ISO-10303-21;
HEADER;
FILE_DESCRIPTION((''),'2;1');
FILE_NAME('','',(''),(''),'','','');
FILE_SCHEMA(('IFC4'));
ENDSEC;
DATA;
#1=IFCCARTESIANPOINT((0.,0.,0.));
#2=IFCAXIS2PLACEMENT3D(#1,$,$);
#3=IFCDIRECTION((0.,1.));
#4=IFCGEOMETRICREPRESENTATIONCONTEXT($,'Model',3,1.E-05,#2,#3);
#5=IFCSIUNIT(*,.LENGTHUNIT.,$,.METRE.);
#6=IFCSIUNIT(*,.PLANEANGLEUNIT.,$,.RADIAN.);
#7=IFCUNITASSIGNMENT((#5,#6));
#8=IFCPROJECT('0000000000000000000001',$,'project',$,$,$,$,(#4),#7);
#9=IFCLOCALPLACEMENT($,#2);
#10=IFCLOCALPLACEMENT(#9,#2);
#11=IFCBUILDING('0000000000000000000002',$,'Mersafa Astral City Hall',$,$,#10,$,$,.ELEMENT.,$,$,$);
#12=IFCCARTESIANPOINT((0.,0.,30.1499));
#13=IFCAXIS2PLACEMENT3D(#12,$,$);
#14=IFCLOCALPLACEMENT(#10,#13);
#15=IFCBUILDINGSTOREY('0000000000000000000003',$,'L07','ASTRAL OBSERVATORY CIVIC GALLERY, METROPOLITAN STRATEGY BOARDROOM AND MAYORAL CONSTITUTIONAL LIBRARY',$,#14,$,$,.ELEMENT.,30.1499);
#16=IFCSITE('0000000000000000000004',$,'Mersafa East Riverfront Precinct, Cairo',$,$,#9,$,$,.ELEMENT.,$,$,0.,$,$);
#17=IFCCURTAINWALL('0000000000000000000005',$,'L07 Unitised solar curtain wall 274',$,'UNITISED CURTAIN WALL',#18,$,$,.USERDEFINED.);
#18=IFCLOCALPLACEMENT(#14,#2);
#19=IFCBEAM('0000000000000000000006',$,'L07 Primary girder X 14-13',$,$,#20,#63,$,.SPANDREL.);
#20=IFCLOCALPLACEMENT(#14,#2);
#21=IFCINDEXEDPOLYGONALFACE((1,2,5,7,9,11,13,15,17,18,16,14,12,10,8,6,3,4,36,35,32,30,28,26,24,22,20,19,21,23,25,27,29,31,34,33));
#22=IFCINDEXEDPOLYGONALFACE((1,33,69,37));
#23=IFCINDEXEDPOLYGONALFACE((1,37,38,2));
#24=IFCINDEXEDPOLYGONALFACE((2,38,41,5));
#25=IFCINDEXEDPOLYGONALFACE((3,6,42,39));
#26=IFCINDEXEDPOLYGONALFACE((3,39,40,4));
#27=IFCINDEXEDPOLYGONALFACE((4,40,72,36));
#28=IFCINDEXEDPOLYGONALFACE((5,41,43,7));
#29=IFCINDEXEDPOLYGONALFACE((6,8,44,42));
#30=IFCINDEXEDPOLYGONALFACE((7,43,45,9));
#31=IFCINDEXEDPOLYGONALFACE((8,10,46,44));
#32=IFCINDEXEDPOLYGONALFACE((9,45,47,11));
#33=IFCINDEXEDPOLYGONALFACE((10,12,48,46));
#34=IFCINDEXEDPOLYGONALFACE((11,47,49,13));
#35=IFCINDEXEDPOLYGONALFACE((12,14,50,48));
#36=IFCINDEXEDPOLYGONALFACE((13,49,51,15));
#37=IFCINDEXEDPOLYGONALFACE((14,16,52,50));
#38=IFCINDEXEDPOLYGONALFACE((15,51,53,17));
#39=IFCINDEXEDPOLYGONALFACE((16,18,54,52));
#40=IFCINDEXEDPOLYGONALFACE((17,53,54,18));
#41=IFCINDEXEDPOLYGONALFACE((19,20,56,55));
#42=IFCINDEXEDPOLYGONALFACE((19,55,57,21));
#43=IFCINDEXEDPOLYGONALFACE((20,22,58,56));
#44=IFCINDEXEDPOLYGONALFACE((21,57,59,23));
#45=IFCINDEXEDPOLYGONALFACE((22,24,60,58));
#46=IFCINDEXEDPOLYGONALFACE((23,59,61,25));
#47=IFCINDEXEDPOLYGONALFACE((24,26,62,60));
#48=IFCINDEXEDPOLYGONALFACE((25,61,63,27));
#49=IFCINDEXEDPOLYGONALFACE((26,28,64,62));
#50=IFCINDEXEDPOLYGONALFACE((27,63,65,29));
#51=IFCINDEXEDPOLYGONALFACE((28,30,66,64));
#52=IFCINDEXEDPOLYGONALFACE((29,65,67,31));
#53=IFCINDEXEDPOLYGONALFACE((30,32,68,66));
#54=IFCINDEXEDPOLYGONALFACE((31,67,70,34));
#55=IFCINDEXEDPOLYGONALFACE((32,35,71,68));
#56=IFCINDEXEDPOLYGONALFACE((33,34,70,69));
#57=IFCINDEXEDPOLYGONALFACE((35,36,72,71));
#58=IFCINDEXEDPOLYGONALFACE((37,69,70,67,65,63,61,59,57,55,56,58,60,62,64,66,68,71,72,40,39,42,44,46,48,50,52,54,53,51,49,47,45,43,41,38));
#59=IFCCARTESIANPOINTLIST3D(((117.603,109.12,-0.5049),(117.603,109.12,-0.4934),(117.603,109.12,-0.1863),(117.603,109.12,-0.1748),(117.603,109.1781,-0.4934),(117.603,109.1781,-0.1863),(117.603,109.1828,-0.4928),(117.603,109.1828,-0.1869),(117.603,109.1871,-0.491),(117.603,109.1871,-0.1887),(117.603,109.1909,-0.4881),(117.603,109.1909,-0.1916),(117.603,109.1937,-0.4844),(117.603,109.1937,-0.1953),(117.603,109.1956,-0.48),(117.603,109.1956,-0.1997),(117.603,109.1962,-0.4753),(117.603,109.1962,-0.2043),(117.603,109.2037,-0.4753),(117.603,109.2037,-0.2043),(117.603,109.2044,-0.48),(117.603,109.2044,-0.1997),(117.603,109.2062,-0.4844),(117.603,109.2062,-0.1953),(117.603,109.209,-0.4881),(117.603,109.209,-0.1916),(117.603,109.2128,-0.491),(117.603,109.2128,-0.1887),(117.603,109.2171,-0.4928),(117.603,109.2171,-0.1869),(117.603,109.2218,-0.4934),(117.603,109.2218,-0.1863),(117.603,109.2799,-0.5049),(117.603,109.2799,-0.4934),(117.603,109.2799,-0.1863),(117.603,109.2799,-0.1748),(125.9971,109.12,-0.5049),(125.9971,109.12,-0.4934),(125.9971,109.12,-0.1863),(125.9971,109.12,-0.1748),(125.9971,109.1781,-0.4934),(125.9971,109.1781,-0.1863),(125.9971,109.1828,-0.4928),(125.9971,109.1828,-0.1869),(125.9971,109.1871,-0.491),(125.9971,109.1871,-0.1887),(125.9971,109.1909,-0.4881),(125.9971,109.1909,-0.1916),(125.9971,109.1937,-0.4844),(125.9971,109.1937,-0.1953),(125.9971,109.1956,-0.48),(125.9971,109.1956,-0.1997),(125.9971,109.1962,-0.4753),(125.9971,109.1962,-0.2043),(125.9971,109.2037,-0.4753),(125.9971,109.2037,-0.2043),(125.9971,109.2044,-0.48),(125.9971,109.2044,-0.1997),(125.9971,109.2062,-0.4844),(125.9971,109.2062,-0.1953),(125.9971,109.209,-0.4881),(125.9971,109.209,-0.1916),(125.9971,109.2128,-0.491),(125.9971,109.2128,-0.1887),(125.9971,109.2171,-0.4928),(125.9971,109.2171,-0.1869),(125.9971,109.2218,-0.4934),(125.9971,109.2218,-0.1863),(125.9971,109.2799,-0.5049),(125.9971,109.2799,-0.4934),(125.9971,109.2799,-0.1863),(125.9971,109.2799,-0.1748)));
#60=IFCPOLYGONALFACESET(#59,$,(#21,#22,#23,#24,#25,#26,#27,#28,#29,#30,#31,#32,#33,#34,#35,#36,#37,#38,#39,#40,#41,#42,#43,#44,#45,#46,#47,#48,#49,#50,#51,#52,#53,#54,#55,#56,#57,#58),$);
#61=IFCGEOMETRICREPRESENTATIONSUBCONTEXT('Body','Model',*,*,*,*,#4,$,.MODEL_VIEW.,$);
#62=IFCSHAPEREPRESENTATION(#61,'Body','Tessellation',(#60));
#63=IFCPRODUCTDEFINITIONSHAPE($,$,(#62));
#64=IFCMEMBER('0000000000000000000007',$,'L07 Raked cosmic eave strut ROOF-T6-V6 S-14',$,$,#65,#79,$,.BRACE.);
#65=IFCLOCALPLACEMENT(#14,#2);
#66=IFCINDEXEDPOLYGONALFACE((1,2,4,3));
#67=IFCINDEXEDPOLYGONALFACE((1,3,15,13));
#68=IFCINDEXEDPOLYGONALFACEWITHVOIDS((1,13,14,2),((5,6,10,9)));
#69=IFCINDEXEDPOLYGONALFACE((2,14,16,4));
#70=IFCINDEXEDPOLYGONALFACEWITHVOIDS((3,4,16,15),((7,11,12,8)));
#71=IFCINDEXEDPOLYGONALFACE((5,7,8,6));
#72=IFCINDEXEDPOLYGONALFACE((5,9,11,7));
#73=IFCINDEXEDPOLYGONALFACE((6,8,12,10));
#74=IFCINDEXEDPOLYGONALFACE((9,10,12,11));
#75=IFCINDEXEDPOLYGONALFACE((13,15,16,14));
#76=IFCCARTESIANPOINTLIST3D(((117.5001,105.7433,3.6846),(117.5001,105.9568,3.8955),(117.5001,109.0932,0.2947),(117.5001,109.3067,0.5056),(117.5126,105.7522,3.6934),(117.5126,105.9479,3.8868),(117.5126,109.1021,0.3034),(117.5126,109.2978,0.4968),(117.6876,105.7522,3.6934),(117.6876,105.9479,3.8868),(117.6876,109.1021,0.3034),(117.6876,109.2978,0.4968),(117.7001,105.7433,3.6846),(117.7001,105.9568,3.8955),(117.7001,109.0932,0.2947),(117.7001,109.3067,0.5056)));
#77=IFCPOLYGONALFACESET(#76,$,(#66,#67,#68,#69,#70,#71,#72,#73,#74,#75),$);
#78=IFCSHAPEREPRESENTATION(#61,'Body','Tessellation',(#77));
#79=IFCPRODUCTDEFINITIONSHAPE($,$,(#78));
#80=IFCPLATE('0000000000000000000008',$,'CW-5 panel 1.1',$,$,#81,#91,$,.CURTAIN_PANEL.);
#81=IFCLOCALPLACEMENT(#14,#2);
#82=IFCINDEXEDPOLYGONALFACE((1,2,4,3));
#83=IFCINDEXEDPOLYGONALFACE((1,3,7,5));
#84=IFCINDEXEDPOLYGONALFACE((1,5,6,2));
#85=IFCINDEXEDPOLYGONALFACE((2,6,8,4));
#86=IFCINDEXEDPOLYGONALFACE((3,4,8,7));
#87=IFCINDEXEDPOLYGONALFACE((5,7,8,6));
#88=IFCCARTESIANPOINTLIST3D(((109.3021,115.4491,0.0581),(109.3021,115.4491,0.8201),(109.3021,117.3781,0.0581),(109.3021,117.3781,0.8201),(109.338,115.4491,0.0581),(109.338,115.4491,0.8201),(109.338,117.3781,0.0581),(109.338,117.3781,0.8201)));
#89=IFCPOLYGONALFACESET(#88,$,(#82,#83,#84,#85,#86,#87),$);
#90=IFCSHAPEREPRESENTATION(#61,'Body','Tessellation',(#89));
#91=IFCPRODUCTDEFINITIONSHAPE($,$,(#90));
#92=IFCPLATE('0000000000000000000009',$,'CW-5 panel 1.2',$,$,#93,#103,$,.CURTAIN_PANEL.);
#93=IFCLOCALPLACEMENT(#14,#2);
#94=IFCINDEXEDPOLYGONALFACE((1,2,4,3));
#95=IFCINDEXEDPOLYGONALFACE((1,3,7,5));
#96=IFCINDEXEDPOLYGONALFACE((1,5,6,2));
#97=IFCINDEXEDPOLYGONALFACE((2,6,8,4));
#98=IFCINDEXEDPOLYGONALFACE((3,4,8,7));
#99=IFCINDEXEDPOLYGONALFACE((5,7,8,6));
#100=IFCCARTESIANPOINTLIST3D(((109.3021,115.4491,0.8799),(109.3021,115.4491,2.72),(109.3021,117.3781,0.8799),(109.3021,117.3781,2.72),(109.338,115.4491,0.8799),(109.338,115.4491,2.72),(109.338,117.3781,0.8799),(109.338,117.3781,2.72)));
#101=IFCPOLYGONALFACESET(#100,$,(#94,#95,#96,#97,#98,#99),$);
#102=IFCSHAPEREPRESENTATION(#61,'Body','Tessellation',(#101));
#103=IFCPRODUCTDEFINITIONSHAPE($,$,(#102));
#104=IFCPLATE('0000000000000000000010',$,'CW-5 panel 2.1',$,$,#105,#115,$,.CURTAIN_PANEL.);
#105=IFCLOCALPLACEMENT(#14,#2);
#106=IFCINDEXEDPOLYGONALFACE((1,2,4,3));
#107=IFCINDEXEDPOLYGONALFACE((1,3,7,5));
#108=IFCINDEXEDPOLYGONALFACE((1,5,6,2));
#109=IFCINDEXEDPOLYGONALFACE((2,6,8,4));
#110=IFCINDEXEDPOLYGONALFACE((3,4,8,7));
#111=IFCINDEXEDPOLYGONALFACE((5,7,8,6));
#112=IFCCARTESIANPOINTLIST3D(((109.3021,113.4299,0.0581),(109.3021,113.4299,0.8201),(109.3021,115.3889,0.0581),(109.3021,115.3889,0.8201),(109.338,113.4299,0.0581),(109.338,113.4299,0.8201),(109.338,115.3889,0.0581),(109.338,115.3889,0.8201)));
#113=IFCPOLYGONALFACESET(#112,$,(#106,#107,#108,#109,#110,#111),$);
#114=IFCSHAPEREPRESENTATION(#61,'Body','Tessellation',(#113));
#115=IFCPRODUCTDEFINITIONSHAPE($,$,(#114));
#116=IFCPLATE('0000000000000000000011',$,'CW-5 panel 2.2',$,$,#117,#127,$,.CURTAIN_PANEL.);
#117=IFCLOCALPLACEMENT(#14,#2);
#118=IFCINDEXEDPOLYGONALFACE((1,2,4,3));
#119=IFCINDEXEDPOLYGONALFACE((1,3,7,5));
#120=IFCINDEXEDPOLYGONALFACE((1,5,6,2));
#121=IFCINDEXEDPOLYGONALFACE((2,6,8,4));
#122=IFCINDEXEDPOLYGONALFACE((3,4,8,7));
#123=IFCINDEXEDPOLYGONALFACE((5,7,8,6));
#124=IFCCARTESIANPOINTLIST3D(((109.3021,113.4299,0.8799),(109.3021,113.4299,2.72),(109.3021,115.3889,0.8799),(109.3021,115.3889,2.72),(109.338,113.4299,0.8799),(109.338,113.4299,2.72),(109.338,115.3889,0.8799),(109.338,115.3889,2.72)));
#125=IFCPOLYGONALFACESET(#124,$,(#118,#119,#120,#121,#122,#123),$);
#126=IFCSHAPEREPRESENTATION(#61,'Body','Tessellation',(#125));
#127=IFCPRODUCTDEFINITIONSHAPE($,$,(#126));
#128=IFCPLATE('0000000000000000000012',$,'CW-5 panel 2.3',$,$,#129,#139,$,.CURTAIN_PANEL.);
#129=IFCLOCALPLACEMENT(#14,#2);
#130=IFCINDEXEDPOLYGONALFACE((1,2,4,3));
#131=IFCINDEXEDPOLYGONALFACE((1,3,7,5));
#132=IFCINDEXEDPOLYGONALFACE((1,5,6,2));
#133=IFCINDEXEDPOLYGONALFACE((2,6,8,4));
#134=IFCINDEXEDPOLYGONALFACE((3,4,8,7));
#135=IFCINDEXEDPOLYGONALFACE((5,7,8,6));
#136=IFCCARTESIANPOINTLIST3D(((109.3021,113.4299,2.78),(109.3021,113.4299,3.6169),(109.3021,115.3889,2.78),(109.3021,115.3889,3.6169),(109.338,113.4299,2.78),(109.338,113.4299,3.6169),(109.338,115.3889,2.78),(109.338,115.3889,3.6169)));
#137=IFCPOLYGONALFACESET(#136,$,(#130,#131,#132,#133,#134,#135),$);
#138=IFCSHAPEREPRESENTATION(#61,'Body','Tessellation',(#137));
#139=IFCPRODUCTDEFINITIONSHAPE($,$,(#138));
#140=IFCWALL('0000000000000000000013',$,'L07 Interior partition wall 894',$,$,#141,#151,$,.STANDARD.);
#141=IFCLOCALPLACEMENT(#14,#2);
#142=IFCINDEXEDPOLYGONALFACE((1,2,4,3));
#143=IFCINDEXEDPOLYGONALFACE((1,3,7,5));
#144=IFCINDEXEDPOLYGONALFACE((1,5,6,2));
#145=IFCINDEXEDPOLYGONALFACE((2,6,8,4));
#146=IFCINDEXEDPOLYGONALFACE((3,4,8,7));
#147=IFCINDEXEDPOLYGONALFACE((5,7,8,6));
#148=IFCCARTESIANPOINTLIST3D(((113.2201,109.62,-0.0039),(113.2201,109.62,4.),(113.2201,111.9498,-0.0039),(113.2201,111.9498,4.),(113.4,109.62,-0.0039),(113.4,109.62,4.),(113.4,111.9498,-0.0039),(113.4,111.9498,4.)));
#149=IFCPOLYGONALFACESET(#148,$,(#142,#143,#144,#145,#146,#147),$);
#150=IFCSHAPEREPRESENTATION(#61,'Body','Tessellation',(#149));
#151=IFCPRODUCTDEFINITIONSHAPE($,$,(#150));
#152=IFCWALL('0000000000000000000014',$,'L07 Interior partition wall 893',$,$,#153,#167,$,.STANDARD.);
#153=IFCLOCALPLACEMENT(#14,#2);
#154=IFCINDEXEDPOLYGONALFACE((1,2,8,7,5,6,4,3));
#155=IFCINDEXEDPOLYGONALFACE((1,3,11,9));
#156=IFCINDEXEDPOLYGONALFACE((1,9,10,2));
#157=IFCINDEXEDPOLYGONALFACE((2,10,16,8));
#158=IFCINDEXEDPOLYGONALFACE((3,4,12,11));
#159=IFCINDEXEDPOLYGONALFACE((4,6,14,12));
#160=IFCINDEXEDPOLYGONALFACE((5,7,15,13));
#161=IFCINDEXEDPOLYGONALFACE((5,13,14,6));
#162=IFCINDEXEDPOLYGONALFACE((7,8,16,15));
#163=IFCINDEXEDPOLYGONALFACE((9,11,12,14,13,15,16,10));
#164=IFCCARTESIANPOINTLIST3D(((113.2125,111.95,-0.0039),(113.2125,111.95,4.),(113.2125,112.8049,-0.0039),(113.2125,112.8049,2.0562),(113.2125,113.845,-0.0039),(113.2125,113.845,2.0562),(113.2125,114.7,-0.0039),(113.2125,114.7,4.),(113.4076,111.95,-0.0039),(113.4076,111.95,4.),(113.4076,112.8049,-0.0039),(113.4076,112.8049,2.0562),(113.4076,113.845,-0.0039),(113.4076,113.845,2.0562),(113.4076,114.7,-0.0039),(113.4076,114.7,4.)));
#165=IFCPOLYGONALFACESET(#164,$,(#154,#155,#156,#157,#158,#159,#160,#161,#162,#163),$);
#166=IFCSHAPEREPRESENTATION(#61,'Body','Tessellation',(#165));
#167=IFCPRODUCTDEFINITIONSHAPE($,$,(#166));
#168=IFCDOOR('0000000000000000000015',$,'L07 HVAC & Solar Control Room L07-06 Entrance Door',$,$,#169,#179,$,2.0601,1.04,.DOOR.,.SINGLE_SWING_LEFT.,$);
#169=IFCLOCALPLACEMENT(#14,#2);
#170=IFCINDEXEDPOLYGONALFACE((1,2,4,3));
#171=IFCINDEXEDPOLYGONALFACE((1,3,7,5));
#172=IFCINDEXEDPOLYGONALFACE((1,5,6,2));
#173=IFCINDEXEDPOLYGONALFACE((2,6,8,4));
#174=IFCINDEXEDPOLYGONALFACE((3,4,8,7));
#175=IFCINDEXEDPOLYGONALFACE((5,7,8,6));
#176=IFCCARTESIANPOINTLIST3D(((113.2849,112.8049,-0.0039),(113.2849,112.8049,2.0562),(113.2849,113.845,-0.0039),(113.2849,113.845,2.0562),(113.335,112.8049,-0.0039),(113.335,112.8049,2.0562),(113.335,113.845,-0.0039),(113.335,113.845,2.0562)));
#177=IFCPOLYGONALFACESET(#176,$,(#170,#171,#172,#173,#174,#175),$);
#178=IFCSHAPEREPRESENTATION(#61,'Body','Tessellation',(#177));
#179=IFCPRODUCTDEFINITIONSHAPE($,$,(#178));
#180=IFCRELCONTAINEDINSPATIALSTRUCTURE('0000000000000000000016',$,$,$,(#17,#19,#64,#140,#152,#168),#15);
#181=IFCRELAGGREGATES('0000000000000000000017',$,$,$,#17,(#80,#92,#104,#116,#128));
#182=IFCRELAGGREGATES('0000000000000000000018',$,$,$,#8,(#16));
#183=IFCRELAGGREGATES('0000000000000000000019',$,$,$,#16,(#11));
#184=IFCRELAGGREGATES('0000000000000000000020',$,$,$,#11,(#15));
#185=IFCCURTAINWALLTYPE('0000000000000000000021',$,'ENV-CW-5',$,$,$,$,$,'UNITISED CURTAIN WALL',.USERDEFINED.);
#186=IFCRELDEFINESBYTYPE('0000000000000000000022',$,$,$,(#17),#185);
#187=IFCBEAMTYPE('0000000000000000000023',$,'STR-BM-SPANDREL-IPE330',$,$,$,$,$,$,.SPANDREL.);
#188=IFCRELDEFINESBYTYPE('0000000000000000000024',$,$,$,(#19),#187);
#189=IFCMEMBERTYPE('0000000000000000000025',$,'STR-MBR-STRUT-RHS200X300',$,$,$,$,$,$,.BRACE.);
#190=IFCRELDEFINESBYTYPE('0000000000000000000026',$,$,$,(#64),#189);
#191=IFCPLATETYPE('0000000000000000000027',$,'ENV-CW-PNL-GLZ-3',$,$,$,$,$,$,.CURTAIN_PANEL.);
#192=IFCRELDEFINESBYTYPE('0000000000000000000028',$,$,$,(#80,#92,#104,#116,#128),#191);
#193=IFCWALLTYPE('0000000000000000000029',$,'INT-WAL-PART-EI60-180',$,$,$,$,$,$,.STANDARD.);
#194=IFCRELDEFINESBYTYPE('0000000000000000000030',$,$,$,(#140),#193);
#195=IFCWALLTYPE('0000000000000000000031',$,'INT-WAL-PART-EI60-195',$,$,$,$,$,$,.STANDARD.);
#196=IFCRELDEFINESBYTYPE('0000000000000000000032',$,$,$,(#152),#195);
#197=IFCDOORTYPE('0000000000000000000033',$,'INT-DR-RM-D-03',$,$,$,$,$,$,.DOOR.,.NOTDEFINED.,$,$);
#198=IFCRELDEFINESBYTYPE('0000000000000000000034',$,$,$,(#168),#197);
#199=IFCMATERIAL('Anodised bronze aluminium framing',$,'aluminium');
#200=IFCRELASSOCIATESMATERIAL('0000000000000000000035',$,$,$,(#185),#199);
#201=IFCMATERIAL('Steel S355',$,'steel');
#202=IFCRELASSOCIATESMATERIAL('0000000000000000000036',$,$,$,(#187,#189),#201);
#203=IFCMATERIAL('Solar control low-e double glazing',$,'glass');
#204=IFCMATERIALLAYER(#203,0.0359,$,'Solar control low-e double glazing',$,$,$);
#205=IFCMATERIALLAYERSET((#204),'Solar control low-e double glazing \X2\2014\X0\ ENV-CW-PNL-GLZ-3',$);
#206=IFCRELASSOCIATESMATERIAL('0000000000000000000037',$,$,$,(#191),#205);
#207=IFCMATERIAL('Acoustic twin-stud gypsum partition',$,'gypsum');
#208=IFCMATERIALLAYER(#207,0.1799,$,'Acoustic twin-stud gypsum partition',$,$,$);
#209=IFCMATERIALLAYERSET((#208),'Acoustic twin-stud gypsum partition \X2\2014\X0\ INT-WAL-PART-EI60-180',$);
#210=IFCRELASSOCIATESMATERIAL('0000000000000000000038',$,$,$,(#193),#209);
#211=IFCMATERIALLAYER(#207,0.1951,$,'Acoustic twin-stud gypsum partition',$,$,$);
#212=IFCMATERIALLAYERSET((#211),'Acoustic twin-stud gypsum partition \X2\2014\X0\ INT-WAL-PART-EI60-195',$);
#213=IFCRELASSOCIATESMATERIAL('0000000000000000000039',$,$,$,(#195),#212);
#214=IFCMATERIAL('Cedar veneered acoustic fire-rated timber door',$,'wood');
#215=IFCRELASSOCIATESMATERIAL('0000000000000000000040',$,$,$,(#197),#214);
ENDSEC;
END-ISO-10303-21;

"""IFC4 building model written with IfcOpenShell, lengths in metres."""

from ifc_helpers import new_model, si_unit, direction, frame, frame_2d, origin, origin_2d, place, context, subcontext, project, spatial, rectangle, hollow_rectangle, i_section, extrude, material, layer, layer_set, material_profile, profile_set, type_object, element, fill, aggregate, save


model = new_model("IFC4")

# Units and contexts
model_context = context("Model", 3, precision=1e-05, world=origin(), true_north=direction((0.0, 1.0)))
body_context = subcontext(model_context, "Body", "Model", "MODEL_VIEW")
ifc_project = project(units=[si_unit("LENGTHUNIT", "METRE"), si_unit("PLANEANGLEUNIT", "RADIAN")], contexts=[model_context])

# Site, building, storey
site_placement = place(None, origin())
site = spatial("IfcSite", under=ifc_project, at=site_placement, Name="Mersafa East Riverfront Precinct, Cairo", CompositionType="ELEMENT", RefElevation=0.0)
building_placement = place(site_placement, origin())
building = spatial("IfcBuilding", under=site, at=building_placement, Name="Mersafa Astral City Hall", CompositionType="ELEMENT")
storey_placement = place(building_placement, frame((0.0, 0.0, 30.1499)))
storey = spatial("IfcBuildingStorey", under=building, at=storey_placement, Name="L07", Description="ASTRAL OBSERVATORY CIVIC GALLERY, METROPOLITAN STRATEGY BOARDROOM AND MAYORAL CONSTITUTIONAL LIBRARY", CompositionType="ELEMENT", Elevation=30.1499)

# Shared definitions
ifc_material_1 = material(Name="Steel S355", Category="steel")

# Curtain wall
ifc_material_2 = material(Name="Anodised bronze aluminium framing", Category="aluminium")
curtain_wall_type = type_object("IfcCurtainWallType", Name="ENV-CW-5", ElementType="UNITISED CURTAIN WALL", PredefinedType="USERDEFINED", material=ifc_material_2)
curtain_wall_placement = place(storey_placement, origin())
curtain_wall = element("IfcCurtainWall", 1, at=curtain_wall_placement, inside=storey, type_object=curtain_wall_type, Name="L07 Unitised solar curtain wall 274", ObjectType="UNITISED CURTAIN WALL", PredefinedType="USERDEFINED")

# Beam
ifc_material_profile_1 = material_profile(ifc_material_1, i_section(OverallWidth=0.1599, OverallDepth=0.3301, WebThickness=0.0076, FlangeThickness=0.0115, FilletRadius=0.0181, at=origin_2d()), Name="IPE 330")
ifc_profile_set_1 = profile_set([ifc_material_profile_1], Name="Steel S355")
beam_type_1 = type_object("IfcBeamType", Name="STR-BM-SPANDREL-IPE330", PredefinedType="SPANDREL", material=ifc_profile_set_1)
beam_1_placement = place(storey_placement, frame((117.603, 109.2, -0.3398), z_axis=(1.0, 0.0, 0.0), x_axis=(0.0, 1.0, 0.0)))
element("IfcBeam", 2, at=beam_1_placement, inside=storey, type_object=beam_type_1, Name="L07 Primary girder X 14-13", PredefinedType="SPANDREL", context=body_context, shape_type="SweptSolid", body=[
    extrude(i_section(OverallWidth=0.1599, OverallDepth=0.3301, WebThickness=0.0076, FlangeThickness=0.0115, FilletRadius=0.0181, at=origin_2d()), origin(), (0.0, 0.0, 1.0), 8.394),
])

# Member
ifc_material_profile_2 = material_profile(ifc_material_1, hollow_rectangle(XDim=0.2, YDim=0.3, WallThickness=0.0125, at=origin_2d()), Name="RHS 200x300x12.5")
ifc_profile_set_2 = profile_set([ifc_material_profile_2], Name="Steel S355")
member_type_1 = type_object("IfcMemberType", Name="STR-MBR-STRUT-RHS200X300", PredefinedType="BRACE", material=ifc_profile_set_2)
member_1_placement = place(storey_placement, frame((117.6001, 109.2, 0.4001), z_axis=(0.0, -0.702894, 0.711295), x_axis=(1.0, 0.0, 0.0)))
element("IfcMember", 3, at=member_1_placement, inside=storey, type_object=member_type_1, Name="L07 Raked cosmic eave strut ROOF-T6-V6 S-14", PredefinedType="BRACE", context=body_context, shape_type="SweptSolid", body=[
    extrude(hollow_rectangle(XDim=0.2, YDim=0.3, WallThickness=0.0125, at=origin_2d()), origin(), (0.0, 0.0, 1.0), 4.7659),
])

# Plates
ifc_material_3 = material(Name="Solar control low-e double glazing", Category="glass")
ifc_layer_1 = layer(ifc_material_3, 0.0359, Name="Solar control low-e double glazing")
ifc_layer_set_1 = layer_set([ifc_layer_1], Name="Solar control low-e double glazing — ENV-CW-PNL-GLZ-3")
plate_type = type_object("IfcPlateType", Name="ENV-CW-PNL-GLZ-3", PredefinedType="CURTAIN_PANEL", material=ifc_layer_set_1)
plate_1_placement = place(storey_placement, frame((109.3201, 116.4136, 0.0581), z_axis=(0.0, 0.0, 1.0), x_axis=(0.0, -1.0, 0.0)))
plate_1 = element("IfcPlate", 4, at=plate_1_placement, type_object=plate_type, Name="CW-5 panel 1.1", PredefinedType="CURTAIN_PANEL", context=body_context, shape_type="SweptSolid", body=[
    extrude(rectangle(XDim=1.929, YDim=0.0359, at=origin_2d()), origin(), (0.0, 0.0, 1.0), 0.762),
])
plate_2_placement = place(storey_placement, frame((109.3201, 116.4136, 0.8799), z_axis=(0.0, 0.0, 1.0), x_axis=(0.0, -1.0, 0.0)))
plate_2 = element("IfcPlate", 5, at=plate_2_placement, type_object=plate_type, Name="CW-5 panel 1.2", PredefinedType="CURTAIN_PANEL", context=body_context, shape_type="SweptSolid", body=[
    extrude(rectangle(XDim=1.929, YDim=0.0359, at=origin_2d()), origin(), (0.0, 0.0, 1.0), 1.8401),
])
plate_3_placement = place(storey_placement, frame((109.3201, 114.4094, 0.0581), z_axis=(0.0, 0.0, 1.0), x_axis=(0.0, -1.0, 0.0)))
plate_3 = element("IfcPlate", 6, at=plate_3_placement, type_object=plate_type, Name="CW-5 panel 2.1", PredefinedType="CURTAIN_PANEL", context=body_context, shape_type="SweptSolid", body=[
    extrude(rectangle(XDim=1.959, YDim=0.0359, at=origin_2d()), origin(), (0.0, 0.0, 1.0), 0.762),
])
plate_4_placement = place(storey_placement, frame((109.3201, 114.4094, 0.8799), z_axis=(0.0, 0.0, 1.0), x_axis=(0.0, -1.0, 0.0)))
plate_4 = element("IfcPlate", 7, at=plate_4_placement, type_object=plate_type, Name="CW-5 panel 2.2", PredefinedType="CURTAIN_PANEL", context=body_context, shape_type="SweptSolid", body=[
    extrude(rectangle(XDim=1.959, YDim=0.0359, at=origin_2d()), origin(), (0.0, 0.0, 1.0), 1.8401),
])
plate_5_placement = place(storey_placement, frame((109.3201, 114.4094, 2.78), z_axis=(0.0, 0.0, 1.0), x_axis=(0.0, -1.0, 0.0)))
plate_5 = element("IfcPlate", 8, at=plate_5_placement, type_object=plate_type, Name="CW-5 panel 2.3", PredefinedType="CURTAIN_PANEL", context=body_context, shape_type="SweptSolid", body=[
    extrude(rectangle(XDim=1.959, YDim=0.0359, at=origin_2d()), origin(), (0.0, 0.0, 1.0), 0.8369),
])
aggregate(curtain_wall, [plate_1, plate_2, plate_3, plate_4, plate_5])

# Wall
ifc_material_4 = material(Name="Acoustic twin-stud gypsum partition", Category="gypsum")
ifc_layer_2 = layer(ifc_material_4, 0.1799, Name="Acoustic twin-stud gypsum partition")
ifc_layer_set_2 = layer_set([ifc_layer_2], Name="Acoustic twin-stud gypsum partition — INT-WAL-PART-EI60-180")
wall_type_1 = type_object("IfcWallType", Name="INT-WAL-PART-EI60-180", PredefinedType="STANDARD", material=ifc_layer_set_2)
wall_1_placement = place(storey_placement, frame((113.3101, 111.95, -0.0039), z_axis=(0.0, 0.0, 1.0), x_axis=(0.0, -1.0, 0.0)))
element("IfcWall", 9, at=wall_1_placement, inside=storey, type_object=wall_type_1, Name="L07 Interior partition wall 894", PredefinedType="STANDARD", context=body_context, shape_type="SweptSolid", body=[
    extrude(rectangle(XDim=2.3298, YDim=0.1799, at=frame_2d((1.165, 0.0))), origin(), (0.0, 0.0, 1.0), 4.0039),
])

# Wall, opening, door
ifc_layer_3 = layer(ifc_material_4, 0.1951, Name="Acoustic twin-stud gypsum partition")
ifc_layer_set_3 = layer_set([ifc_layer_3], Name="Acoustic twin-stud gypsum partition — INT-WAL-PART-EI60-195")
wall_type_2 = type_object("IfcWallType", Name="INT-WAL-PART-EI60-195", PredefinedType="STANDARD", material=ifc_layer_set_3)
wall_2_placement = place(storey_placement, frame((113.3101, 114.7, -0.0039), z_axis=(0.0, 0.0, 1.0), x_axis=(0.0, -1.0, 0.0)))
wall_2 = element("IfcWall", 10, at=wall_2_placement, inside=storey, type_object=wall_type_2, Name="L07 Interior partition wall 893", PredefinedType="STANDARD", context=body_context, shape_type="SweptSolid", body=[
    extrude(rectangle(XDim=2.75, YDim=0.1951, at=frame_2d((1.375, 0.0))), origin(), (0.0, 0.0, 1.0), 4.0039),
])
opening_1_placement = place(wall_2_placement, frame((0.855, 0.0, 0.0)))
opening_1 = element("IfcOpeningElement", 11, at=opening_1_placement, cuts=wall_2, PredefinedType="OPENING", context=body_context, shape_type="SweptSolid", body=[
    extrude(rectangle(XDim=1.04, YDim=2.0601, at=frame_2d((0.52, 1.03))), frame((0.0, 0.1074, 0.0), z_axis=(0.0, -1.0, 0.0), x_axis=(1.0, 0.0, 0.0)), (0.0, 0.0, 1.0), 0.2151),
])
ifc_material_5 = material(Name="Cedar veneered acoustic fire-rated timber door", Category="wood")
door_type_1 = type_object("IfcDoorType", Name="INT-DR-RM-D-03", OperationType="NOTDEFINED", PredefinedType="DOOR", material=ifc_material_5)
door_1_placement = place(opening_1_placement, origin())
door_1 = element("IfcDoor", 12, at=door_1_placement, inside=storey, type_object=door_type_1, Name="L07 HVAC & Solar Control Room L07-06 Entrance Door", OperationType="SINGLE_SWING_LEFT", OverallHeight=2.0601, OverallWidth=1.04, PredefinedType="DOOR", context=body_context, shape_type="SweptSolid", body=[
    extrude(rectangle(XDim=1.04, YDim=2.0601, at=frame_2d((0.52, 1.03))), frame((0.0, 0.0249, 0.0), z_axis=(0.0, -1.0, 0.0), x_axis=(1.0, 0.0, 0.0)), (0.0, 0.0, 1.0), 0.05),
])
fill(opening_1, door_1)

save(model, "model.ifc")
